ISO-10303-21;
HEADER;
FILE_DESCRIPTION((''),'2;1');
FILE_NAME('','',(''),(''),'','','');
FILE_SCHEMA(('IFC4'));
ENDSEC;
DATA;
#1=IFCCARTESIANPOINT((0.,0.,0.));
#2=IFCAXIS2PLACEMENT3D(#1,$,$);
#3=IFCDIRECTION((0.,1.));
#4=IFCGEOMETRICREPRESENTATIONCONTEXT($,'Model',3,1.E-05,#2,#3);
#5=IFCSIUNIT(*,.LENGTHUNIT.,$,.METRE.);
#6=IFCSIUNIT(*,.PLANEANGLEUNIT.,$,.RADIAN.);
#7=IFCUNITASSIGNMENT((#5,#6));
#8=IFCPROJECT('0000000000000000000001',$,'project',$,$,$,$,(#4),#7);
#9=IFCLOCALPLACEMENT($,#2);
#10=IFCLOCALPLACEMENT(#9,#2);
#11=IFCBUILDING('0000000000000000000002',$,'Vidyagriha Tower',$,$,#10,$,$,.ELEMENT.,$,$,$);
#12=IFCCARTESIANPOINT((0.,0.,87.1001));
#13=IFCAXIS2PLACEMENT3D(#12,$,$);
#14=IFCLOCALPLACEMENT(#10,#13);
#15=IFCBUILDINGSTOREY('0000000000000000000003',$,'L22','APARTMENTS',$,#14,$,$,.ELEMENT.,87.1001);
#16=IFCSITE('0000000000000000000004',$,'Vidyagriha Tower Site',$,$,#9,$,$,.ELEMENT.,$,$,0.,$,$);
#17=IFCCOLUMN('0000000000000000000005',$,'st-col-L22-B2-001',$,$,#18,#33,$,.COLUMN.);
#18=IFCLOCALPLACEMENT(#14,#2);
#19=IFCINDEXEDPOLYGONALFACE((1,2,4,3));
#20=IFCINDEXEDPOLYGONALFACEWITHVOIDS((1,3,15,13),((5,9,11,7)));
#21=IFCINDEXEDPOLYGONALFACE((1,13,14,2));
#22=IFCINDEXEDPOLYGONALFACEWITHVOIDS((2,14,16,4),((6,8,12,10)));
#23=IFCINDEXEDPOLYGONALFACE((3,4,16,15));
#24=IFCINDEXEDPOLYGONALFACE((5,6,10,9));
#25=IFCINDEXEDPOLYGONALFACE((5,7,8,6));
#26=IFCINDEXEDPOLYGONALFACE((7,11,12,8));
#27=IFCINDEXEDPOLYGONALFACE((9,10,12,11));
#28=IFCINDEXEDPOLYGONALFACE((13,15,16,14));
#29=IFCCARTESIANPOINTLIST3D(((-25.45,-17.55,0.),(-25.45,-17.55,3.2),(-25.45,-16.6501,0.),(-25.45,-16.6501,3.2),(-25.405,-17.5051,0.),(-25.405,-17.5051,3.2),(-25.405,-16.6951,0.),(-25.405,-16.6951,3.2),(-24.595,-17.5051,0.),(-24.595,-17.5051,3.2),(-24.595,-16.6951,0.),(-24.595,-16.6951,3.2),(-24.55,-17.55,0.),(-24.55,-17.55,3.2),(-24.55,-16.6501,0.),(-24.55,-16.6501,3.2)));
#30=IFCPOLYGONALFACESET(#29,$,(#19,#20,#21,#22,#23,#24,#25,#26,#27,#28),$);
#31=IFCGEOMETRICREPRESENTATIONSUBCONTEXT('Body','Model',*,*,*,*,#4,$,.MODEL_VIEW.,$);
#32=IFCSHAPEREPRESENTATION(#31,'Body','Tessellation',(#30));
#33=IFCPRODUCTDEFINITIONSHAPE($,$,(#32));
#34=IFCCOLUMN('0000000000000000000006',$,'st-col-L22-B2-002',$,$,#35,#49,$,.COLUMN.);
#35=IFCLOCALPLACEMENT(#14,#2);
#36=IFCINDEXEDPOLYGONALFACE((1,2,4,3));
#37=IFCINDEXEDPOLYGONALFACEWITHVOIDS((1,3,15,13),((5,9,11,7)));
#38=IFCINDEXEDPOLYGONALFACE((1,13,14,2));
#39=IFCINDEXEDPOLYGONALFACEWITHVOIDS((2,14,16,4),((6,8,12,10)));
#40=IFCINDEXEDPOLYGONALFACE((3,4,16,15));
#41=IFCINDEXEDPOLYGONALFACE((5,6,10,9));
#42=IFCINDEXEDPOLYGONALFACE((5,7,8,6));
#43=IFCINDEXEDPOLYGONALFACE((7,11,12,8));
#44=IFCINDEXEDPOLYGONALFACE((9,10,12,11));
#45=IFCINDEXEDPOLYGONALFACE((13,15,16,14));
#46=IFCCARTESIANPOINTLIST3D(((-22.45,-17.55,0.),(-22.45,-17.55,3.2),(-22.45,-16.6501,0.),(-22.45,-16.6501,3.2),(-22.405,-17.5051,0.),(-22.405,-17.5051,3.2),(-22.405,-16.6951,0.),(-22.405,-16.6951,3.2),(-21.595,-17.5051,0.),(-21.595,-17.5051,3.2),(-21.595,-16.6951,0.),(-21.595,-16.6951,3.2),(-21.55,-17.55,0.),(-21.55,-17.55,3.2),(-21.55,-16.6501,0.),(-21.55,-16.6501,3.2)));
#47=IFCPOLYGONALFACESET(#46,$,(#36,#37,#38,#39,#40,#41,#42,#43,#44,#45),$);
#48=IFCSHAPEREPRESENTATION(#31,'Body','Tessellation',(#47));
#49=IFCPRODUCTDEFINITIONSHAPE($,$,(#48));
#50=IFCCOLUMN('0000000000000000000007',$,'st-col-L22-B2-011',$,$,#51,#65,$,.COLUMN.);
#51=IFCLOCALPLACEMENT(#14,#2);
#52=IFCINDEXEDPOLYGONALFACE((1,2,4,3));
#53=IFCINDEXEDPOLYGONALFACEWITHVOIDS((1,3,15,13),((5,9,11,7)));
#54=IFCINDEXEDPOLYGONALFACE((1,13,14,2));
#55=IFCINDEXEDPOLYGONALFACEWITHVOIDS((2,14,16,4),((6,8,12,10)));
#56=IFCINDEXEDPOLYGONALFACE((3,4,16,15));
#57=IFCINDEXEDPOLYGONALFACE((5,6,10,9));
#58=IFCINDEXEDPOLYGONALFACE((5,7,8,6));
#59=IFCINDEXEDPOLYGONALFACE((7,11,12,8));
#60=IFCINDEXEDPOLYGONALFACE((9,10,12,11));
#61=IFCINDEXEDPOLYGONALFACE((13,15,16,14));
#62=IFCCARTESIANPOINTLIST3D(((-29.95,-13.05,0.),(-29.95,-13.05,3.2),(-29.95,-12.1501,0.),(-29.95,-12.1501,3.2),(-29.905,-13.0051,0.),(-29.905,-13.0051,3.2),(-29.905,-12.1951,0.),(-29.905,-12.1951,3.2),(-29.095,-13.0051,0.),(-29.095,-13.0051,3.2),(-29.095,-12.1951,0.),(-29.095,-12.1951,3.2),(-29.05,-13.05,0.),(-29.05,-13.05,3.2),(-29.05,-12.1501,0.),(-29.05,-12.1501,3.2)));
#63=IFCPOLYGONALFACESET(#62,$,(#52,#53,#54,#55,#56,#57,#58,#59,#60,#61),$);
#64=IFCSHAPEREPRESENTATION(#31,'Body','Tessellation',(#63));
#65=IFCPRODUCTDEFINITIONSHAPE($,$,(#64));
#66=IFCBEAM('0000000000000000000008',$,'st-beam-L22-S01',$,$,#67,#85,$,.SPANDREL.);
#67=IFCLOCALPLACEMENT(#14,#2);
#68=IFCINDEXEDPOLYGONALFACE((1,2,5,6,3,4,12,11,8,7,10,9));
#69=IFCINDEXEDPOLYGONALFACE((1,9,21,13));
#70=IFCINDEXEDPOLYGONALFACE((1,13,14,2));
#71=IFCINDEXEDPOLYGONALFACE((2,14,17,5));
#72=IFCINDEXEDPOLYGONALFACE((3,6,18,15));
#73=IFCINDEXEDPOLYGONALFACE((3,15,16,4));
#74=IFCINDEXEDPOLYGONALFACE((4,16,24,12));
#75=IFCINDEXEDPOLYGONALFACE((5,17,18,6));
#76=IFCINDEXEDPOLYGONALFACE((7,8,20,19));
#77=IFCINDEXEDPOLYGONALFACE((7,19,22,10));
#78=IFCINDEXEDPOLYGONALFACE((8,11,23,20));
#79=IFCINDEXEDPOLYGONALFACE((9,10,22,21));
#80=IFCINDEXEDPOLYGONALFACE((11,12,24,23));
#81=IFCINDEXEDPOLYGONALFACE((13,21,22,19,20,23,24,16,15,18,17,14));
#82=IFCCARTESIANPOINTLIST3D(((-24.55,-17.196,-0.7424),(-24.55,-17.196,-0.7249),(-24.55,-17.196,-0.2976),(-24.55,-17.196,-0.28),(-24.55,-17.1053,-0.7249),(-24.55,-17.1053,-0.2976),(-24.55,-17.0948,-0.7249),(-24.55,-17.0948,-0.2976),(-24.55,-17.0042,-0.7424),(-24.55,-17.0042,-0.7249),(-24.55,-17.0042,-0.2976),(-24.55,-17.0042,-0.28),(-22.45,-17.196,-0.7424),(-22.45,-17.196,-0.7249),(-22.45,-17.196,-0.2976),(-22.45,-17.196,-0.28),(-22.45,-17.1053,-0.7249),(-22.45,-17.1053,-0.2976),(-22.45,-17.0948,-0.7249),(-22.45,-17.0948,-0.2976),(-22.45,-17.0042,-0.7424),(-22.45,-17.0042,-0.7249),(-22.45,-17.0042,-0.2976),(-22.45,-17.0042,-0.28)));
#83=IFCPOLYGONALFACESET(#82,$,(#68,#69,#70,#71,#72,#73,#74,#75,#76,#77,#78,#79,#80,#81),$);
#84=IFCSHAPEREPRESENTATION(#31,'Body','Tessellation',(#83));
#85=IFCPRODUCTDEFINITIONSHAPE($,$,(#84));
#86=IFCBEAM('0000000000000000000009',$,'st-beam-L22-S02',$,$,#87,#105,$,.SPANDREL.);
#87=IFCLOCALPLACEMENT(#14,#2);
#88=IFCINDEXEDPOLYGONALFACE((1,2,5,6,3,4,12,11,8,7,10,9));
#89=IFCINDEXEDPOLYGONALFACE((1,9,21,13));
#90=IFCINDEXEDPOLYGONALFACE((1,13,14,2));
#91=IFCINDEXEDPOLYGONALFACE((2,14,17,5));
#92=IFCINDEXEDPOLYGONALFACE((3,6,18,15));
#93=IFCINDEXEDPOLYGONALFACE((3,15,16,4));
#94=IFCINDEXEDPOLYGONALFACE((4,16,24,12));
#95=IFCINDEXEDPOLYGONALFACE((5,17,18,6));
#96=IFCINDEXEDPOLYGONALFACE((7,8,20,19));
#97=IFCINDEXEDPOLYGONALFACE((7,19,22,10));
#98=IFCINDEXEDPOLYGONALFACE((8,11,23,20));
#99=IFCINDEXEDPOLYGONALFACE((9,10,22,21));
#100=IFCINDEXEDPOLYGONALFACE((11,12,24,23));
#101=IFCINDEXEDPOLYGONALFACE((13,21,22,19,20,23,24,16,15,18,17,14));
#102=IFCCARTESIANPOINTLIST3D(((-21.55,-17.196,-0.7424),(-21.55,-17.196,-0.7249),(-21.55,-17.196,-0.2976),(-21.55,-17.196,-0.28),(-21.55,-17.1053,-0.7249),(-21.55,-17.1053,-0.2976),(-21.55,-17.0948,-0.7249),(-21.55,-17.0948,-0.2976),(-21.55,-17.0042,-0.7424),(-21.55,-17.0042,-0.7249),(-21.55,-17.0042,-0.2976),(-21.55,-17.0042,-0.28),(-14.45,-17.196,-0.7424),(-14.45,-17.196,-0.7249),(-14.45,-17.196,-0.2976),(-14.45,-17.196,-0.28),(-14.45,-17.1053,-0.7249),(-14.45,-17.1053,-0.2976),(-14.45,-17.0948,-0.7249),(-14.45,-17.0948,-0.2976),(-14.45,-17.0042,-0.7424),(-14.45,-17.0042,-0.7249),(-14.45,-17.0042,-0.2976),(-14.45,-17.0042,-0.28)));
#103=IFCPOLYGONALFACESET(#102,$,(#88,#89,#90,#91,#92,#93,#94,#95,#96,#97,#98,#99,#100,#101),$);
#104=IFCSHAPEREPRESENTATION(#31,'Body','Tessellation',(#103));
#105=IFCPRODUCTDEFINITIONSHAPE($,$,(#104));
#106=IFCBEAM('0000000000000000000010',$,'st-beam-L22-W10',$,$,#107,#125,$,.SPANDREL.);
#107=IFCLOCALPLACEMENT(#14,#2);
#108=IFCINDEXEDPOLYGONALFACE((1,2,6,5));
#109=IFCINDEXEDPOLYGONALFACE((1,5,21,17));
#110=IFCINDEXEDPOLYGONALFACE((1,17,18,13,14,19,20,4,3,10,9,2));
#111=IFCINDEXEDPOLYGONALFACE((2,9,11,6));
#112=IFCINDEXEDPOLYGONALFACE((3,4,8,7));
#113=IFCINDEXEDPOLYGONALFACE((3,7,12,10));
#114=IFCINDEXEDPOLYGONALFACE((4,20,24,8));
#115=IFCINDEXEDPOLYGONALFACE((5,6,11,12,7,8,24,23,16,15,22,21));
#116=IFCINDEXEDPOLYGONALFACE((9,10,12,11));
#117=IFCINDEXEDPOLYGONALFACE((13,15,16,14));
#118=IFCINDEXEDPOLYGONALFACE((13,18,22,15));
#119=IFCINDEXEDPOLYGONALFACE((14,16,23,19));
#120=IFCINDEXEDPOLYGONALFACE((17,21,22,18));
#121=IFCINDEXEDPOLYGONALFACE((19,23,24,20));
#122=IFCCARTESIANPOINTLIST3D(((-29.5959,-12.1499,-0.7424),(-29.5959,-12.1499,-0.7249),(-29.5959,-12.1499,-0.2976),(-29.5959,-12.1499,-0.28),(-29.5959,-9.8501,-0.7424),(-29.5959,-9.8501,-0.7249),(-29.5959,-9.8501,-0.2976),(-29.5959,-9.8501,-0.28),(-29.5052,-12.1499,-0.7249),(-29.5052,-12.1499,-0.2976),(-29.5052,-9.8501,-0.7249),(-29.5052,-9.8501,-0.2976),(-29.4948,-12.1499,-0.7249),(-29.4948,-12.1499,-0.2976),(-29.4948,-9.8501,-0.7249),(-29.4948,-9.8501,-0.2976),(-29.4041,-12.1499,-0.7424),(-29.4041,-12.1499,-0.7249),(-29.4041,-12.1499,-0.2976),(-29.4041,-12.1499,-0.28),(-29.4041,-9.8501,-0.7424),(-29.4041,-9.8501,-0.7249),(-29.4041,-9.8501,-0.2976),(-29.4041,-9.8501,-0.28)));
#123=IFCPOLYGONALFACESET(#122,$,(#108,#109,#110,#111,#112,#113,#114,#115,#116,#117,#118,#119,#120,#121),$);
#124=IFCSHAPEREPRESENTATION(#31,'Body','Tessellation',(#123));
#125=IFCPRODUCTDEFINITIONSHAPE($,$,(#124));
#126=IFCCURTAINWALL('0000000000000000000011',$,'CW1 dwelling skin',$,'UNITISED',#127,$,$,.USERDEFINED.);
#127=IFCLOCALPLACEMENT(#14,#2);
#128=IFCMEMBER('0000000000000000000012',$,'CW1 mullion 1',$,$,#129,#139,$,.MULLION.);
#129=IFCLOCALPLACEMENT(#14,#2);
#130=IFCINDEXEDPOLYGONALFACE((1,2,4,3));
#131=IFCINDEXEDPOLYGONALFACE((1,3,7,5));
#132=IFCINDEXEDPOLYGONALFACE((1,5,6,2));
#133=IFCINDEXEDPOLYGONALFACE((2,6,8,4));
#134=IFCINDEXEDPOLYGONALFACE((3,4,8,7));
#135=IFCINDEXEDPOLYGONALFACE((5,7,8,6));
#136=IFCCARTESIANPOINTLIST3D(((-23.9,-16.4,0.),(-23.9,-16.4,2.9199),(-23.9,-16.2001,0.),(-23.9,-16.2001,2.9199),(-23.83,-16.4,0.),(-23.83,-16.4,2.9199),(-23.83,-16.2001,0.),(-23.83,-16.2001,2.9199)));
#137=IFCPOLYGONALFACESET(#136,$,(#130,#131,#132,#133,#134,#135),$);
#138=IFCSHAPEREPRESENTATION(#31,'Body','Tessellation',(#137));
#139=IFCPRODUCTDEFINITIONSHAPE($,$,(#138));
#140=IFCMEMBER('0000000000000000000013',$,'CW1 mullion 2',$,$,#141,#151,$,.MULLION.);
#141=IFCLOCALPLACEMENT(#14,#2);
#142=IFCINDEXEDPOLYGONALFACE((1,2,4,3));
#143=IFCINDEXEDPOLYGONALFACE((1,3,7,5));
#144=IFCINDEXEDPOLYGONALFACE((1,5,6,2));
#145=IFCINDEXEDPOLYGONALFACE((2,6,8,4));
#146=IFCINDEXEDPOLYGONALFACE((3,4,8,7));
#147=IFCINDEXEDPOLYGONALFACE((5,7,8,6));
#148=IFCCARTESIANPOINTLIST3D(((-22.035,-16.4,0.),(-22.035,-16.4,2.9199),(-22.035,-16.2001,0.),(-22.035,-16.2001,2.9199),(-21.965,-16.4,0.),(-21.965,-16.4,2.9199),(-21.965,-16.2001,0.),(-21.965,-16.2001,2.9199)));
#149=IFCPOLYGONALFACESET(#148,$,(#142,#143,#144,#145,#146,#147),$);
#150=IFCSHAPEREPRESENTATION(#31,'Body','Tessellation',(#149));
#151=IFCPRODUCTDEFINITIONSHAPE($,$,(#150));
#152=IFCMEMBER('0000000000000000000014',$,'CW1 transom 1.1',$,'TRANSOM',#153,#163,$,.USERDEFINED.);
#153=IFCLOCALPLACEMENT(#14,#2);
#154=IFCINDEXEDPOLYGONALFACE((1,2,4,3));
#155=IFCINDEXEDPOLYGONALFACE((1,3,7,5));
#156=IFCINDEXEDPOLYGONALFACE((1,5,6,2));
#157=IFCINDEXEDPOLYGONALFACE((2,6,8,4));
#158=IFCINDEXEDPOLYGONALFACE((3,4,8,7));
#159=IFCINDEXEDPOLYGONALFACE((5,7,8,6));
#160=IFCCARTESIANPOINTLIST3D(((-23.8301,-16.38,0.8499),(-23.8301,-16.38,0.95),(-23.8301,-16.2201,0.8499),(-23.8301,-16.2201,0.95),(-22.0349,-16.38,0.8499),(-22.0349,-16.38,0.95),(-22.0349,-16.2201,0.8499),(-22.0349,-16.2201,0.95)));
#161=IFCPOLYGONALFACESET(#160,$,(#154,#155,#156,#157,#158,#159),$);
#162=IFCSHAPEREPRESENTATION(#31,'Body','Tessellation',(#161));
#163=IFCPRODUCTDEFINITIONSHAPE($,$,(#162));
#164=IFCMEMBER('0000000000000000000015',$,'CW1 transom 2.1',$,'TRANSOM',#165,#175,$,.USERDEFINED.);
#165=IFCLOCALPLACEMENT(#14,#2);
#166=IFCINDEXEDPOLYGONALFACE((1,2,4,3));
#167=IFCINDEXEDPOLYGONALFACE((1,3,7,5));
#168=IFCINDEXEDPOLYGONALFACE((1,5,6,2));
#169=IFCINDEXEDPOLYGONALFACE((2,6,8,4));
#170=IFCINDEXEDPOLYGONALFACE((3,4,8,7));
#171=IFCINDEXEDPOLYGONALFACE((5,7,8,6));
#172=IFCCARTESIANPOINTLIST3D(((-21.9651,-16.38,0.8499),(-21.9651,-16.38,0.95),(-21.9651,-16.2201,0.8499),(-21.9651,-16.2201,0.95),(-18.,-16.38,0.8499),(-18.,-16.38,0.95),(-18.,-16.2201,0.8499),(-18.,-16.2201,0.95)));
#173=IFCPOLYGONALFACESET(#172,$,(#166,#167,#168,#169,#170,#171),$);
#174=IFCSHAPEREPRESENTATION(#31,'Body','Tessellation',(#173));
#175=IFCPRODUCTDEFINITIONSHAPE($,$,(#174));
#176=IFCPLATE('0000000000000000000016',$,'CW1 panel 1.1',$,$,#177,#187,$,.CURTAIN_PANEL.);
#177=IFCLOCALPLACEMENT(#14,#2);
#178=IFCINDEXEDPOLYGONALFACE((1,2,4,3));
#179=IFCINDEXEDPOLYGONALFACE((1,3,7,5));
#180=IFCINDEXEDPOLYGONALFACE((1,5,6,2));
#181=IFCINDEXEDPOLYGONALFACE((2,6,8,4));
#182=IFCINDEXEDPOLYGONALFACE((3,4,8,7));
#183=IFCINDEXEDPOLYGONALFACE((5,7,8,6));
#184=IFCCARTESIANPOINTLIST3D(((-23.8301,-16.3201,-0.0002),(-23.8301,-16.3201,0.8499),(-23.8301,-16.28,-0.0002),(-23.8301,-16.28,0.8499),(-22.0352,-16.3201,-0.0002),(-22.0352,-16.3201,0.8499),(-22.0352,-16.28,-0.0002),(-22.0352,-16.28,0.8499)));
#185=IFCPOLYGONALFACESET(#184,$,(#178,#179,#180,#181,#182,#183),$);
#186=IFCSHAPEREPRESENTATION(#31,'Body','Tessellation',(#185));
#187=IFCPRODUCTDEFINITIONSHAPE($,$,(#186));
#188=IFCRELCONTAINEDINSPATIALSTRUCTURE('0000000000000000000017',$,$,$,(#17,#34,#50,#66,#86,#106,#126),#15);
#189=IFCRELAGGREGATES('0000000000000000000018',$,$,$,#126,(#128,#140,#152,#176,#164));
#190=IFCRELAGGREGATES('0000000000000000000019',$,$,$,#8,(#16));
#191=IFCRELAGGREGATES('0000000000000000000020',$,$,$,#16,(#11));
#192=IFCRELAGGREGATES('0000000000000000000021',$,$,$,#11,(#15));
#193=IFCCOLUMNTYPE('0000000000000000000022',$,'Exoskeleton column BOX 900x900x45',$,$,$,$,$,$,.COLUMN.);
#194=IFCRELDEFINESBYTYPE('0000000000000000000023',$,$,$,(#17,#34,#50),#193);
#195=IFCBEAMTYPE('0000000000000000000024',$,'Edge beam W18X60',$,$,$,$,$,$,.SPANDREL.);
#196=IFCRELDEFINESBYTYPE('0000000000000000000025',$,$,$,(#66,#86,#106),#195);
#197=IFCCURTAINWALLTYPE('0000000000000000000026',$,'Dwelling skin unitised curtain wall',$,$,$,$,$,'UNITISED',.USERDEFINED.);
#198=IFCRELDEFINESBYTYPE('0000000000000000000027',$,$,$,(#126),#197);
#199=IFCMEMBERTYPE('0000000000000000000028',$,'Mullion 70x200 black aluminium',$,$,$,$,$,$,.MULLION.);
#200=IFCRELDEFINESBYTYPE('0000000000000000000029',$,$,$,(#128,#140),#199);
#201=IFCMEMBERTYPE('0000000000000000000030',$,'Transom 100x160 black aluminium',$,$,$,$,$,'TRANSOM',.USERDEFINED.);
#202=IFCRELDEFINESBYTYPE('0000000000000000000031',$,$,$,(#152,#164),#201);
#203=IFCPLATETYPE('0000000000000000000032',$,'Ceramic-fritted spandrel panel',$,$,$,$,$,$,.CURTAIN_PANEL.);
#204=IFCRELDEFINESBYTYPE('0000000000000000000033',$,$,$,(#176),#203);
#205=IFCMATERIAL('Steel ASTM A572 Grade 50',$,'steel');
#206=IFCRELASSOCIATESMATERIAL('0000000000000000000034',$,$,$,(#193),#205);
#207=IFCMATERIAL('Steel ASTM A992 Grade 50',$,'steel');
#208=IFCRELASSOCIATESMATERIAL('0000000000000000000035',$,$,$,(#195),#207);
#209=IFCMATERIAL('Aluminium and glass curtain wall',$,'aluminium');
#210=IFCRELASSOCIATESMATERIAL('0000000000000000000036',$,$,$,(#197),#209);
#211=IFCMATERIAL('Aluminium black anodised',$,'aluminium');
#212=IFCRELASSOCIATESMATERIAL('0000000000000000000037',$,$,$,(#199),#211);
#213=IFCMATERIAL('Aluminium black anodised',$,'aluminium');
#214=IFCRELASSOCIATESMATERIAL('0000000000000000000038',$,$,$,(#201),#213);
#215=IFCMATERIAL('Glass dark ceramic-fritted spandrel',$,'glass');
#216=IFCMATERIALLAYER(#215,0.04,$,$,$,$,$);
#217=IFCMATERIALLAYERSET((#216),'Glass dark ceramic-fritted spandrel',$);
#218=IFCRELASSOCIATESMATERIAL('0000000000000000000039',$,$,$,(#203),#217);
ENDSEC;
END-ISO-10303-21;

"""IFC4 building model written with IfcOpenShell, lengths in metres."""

from ifc_helpers import new_model, si_unit, direction, frame, origin, origin_2d, place, context, subcontext, project, spatial, rectangle, hollow_rectangle, i_section, extrude, material, layer, layer_set, material_profile, profile_set, type_object, element, aggregate, save


model = new_model("IFC4")

# Units and contexts
model_context = context("Model", 3, precision=1e-05, world=origin(), true_north=direction((0.0, 1.0)))
body_context = subcontext(model_context, "Body", "Model", "MODEL_VIEW")
ifc_project = project(units=[si_unit("LENGTHUNIT", "METRE"), si_unit("PLANEANGLEUNIT", "RADIAN")], contexts=[model_context])

# Site, building, storey
site_placement = place(None, origin())
site = spatial("IfcSite", under=ifc_project, at=site_placement, Name="Vidyagriha Tower Site", CompositionType="ELEMENT", RefElevation=0.0)
building_placement = place(site_placement, origin())
building = spatial("IfcBuilding", under=site, at=building_placement, Name="Vidyagriha Tower", CompositionType="ELEMENT")
storey_placement = place(building_placement, frame((0.0, 0.0, 87.1001)))
storey = spatial("IfcBuildingStorey", under=building, at=storey_placement, Name="L22", Description="APARTMENTS", CompositionType="ELEMENT", Elevation=87.1001)

# Columns
ifc_material_1 = material(Name="Steel ASTM A572 Grade 50", Category="steel")
ifc_material_profile_1 = material_profile(ifc_material_1, hollow_rectangle(XDim=0.8999, YDim=0.8999, WallThickness=0.0449, at=origin_2d()), Name="BOX 900x900x45")
ifc_profile_set_1 = profile_set([ifc_material_profile_1], Name="Steel ASTM A572 Grade 50")
column_type = type_object("IfcColumnType", Name="Exoskeleton column BOX 900x900x45", PredefinedType="COLUMN", material=ifc_profile_set_1)
for number, where, name in (
    (1, (-25.0, -17.1001, 0.0), "st-col-L22-B2-001"),
    (2, (-22.0, -17.1001, 0.0), "st-col-L22-B2-002"),
    (3, (-29.5, -12.6001, 0.0), "st-col-L22-B2-011"),
):
    element("IfcColumn", number, at=place(storey_placement, frame(where)), inside=storey, type_object=column_type, Name=name, PredefinedType="COLUMN", context=body_context, shape_type="SweptSolid", body=[
        extrude(hollow_rectangle(XDim=0.8999, YDim=0.8999, WallThickness=0.0449, at=origin_2d()), origin(), (0.0, 0.0, 1.0), 3.2),
    ])

# Beams
ifc_material_2 = material(Name="Steel ASTM A992 Grade 50", Category="steel")
ifc_material_profile_2 = material_profile(ifc_material_2, i_section(OverallWidth=0.1919, OverallDepth=0.4624, WebThickness=0.0105, FlangeThickness=0.0176, at=origin_2d()), Name="W18X60")
ifc_profile_set_2 = profile_set([ifc_material_profile_2], Name="Steel ASTM A992 Grade 50")
beam_type = type_object("IfcBeamType", Name="Edge beam W18X60", PredefinedType="SPANDREL", material=ifc_profile_set_2)
beam_1_placement = place(storey_placement, frame((-24.55, -17.1001, -0.5112), z_axis=(1.0, 0.0, 0.0), x_axis=(0.0, 1.0, 0.0)))
element("IfcBeam", 4, at=beam_1_placement, inside=storey, type_object=beam_type, Name="st-beam-L22-S01", PredefinedType="SPANDREL", context=body_context, shape_type="SweptSolid", body=[
    extrude(i_section(OverallWidth=0.1919, OverallDepth=0.4624, WebThickness=0.0105, FlangeThickness=0.0176, at=origin_2d()), origin(), (0.0, 0.0, 1.0), 2.1001),
])
beam_2_placement = place(storey_placement, frame((-21.55, -17.1001, -0.5112), z_axis=(1.0, 0.0, 0.0), x_axis=(0.0, 1.0, 0.0)))
element("IfcBeam", 5, at=beam_2_placement, inside=storey, type_object=beam_type, Name="st-beam-L22-S02", PredefinedType="SPANDREL", context=body_context, shape_type="SweptSolid", body=[
    extrude(i_section(OverallWidth=0.1919, OverallDepth=0.4624, WebThickness=0.0105, FlangeThickness=0.0176, at=origin_2d()), origin(), (0.0, 0.0, 1.0), 7.1001),
])
beam_3_placement = place(storey_placement, frame((-29.5, -12.1499, -0.5112), z_axis=(0.0, 1.0, 0.0), x_axis=(-1.0, 0.0, 0.0)))
element("IfcBeam", 6, at=beam_3_placement, inside=storey, type_object=beam_type, Name="st-beam-L22-W10", PredefinedType="SPANDREL", context=body_context, shape_type="SweptSolid", body=[
    extrude(i_section(OverallWidth=0.1919, OverallDepth=0.4624, WebThickness=0.0105, FlangeThickness=0.0176, at=origin_2d()), origin(), (0.0, 0.0, 1.0), 2.2998),
])

# Curtain wall, members, plate
ifc_material_3 = material(Name="Aluminium and glass curtain wall", Category="aluminium")
curtain_wall_type = type_object("IfcCurtainWallType", Name="Dwelling skin unitised curtain wall", ElementType="UNITISED", PredefinedType="USERDEFINED", material=ifc_material_3)
curtain_wall_placement = place(storey_placement, origin())
curtain_wall = element("IfcCurtainWall", 7, at=curtain_wall_placement, inside=storey, type_object=curtain_wall_type, Name="CW1 dwelling skin", ObjectType="UNITISED", PredefinedType="USERDEFINED")
ifc_material_4 = material(Name="Aluminium black anodised", Category="aluminium")
ifc_material_profile_3 = material_profile(ifc_material_4, rectangle(XDim=0.2, YDim=0.0701, at=origin_2d()), Name="Mullion 70x200 black aluminium")
ifc_profile_set_3 = profile_set([ifc_material_profile_3], Name="Aluminium black anodised")
member_type_1 = type_object("IfcMemberType", Name="Mullion 70x200 black aluminium", PredefinedType="MULLION", material=ifc_profile_set_3)
member_1_placement = place(storey_placement, frame((-23.865, -16.3, 0.0), z_axis=(0.0, 0.0, 1.0), x_axis=(0.0, 1.0, 0.0)))
member_1 = element("IfcMember", 8, at=member_1_placement, type_object=member_type_1, Name="CW1 mullion 1", PredefinedType="MULLION", context=body_context, shape_type="SweptSolid", body=[
    extrude(rectangle(XDim=0.2, YDim=0.0701, at=origin_2d()), origin(), (0.0, 0.0, 1.0), 2.9199),
])
member_2_placement = place(storey_placement, frame((-22.0, -16.3, 0.0), z_axis=(0.0, 0.0, 1.0), x_axis=(0.0, 1.0, 0.0)))
member_2 = element("IfcMember", 9, at=member_2_placement, type_object=member_type_1, Name="CW1 mullion 2", PredefinedType="MULLION", context=body_context, shape_type="SweptSolid", body=[
    extrude(rectangle(XDim=0.2, YDim=0.0701, at=origin_2d()), origin(), (0.0, 0.0, 1.0), 2.9199),
])
ifc_material_5 = material(Name="Aluminium black anodised", Category="aluminium")
ifc_material_profile_4 = material_profile(ifc_material_5, rectangle(XDim=0.1599, YDim=0.1001, at=origin_2d()), Name="Transom 100x160 black aluminium")
ifc_profile_set_4 = profile_set([ifc_material_profile_4], Name="Aluminium black anodised")
member_type_2 = type_object("IfcMemberType", Name="Transom 100x160 black aluminium", ElementType="TRANSOM", PredefinedType="USERDEFINED", material=ifc_profile_set_4)
member_3_placement = place(storey_placement, frame((-23.8301, -16.3, 0.8999), z_axis=(1.0, 0.0, 0.0), x_axis=(0.0, 1.0, 0.0)))
member_3 = element("IfcMember", 10, at=member_3_placement, type_object=member_type_2, Name="CW1 transom 1.1", ObjectType="TRANSOM", PredefinedType="USERDEFINED", context=body_context, shape_type="SweptSolid", body=[
    extrude(rectangle(XDim=0.1599, YDim=0.1001, at=origin_2d()), origin(), (0.0, 0.0, 1.0), 1.7952),
])
member_4_placement = place(storey_placement, frame((-21.9651, -16.3, 0.8999), z_axis=(1.0, 0.0, 0.0), x_axis=(0.0, 1.0, 0.0)))
member_4 = element("IfcMember", 11, at=member_4_placement, type_object=member_type_2, Name="CW1 transom 2.1", ObjectType="TRANSOM", PredefinedType="USERDEFINED", context=body_context, shape_type="SweptSolid", body=[
    extrude(rectangle(XDim=0.1599, YDim=0.1001, at=origin_2d()), origin(), (0.0, 0.0, 1.0), 3.9651),
])
ifc_material_6 = material(Name="Glass dark ceramic-fritted spandrel", Category="glass")
ifc_layer_1 = layer(ifc_material_6, 0.04)
ifc_layer_set_1 = layer_set([ifc_layer_1], Name="Glass dark ceramic-fritted spandrel")
plate_type_1 = type_object("IfcPlateType", Name="Ceramic-fritted spandrel panel", PredefinedType="CURTAIN_PANEL", material=ifc_layer_set_1)
plate_1_placement = place(storey_placement, frame((-22.9326, -16.3, -0.0002)))
plate_1 = element("IfcPlate", 12, at=plate_1_placement, type_object=plate_type_1, Name="CW1 panel 1.1", PredefinedType="CURTAIN_PANEL", context=body_context, shape_type="SweptSolid", body=[
    extrude(rectangle(XDim=1.7949, YDim=0.04, at=origin_2d()), origin(), (0.0, 0.0, 1.0), 0.8501),
])
aggregate(curtain_wall, [member_1, member_2, member_3, plate_1, member_4])

save(model, "model.ifc")
